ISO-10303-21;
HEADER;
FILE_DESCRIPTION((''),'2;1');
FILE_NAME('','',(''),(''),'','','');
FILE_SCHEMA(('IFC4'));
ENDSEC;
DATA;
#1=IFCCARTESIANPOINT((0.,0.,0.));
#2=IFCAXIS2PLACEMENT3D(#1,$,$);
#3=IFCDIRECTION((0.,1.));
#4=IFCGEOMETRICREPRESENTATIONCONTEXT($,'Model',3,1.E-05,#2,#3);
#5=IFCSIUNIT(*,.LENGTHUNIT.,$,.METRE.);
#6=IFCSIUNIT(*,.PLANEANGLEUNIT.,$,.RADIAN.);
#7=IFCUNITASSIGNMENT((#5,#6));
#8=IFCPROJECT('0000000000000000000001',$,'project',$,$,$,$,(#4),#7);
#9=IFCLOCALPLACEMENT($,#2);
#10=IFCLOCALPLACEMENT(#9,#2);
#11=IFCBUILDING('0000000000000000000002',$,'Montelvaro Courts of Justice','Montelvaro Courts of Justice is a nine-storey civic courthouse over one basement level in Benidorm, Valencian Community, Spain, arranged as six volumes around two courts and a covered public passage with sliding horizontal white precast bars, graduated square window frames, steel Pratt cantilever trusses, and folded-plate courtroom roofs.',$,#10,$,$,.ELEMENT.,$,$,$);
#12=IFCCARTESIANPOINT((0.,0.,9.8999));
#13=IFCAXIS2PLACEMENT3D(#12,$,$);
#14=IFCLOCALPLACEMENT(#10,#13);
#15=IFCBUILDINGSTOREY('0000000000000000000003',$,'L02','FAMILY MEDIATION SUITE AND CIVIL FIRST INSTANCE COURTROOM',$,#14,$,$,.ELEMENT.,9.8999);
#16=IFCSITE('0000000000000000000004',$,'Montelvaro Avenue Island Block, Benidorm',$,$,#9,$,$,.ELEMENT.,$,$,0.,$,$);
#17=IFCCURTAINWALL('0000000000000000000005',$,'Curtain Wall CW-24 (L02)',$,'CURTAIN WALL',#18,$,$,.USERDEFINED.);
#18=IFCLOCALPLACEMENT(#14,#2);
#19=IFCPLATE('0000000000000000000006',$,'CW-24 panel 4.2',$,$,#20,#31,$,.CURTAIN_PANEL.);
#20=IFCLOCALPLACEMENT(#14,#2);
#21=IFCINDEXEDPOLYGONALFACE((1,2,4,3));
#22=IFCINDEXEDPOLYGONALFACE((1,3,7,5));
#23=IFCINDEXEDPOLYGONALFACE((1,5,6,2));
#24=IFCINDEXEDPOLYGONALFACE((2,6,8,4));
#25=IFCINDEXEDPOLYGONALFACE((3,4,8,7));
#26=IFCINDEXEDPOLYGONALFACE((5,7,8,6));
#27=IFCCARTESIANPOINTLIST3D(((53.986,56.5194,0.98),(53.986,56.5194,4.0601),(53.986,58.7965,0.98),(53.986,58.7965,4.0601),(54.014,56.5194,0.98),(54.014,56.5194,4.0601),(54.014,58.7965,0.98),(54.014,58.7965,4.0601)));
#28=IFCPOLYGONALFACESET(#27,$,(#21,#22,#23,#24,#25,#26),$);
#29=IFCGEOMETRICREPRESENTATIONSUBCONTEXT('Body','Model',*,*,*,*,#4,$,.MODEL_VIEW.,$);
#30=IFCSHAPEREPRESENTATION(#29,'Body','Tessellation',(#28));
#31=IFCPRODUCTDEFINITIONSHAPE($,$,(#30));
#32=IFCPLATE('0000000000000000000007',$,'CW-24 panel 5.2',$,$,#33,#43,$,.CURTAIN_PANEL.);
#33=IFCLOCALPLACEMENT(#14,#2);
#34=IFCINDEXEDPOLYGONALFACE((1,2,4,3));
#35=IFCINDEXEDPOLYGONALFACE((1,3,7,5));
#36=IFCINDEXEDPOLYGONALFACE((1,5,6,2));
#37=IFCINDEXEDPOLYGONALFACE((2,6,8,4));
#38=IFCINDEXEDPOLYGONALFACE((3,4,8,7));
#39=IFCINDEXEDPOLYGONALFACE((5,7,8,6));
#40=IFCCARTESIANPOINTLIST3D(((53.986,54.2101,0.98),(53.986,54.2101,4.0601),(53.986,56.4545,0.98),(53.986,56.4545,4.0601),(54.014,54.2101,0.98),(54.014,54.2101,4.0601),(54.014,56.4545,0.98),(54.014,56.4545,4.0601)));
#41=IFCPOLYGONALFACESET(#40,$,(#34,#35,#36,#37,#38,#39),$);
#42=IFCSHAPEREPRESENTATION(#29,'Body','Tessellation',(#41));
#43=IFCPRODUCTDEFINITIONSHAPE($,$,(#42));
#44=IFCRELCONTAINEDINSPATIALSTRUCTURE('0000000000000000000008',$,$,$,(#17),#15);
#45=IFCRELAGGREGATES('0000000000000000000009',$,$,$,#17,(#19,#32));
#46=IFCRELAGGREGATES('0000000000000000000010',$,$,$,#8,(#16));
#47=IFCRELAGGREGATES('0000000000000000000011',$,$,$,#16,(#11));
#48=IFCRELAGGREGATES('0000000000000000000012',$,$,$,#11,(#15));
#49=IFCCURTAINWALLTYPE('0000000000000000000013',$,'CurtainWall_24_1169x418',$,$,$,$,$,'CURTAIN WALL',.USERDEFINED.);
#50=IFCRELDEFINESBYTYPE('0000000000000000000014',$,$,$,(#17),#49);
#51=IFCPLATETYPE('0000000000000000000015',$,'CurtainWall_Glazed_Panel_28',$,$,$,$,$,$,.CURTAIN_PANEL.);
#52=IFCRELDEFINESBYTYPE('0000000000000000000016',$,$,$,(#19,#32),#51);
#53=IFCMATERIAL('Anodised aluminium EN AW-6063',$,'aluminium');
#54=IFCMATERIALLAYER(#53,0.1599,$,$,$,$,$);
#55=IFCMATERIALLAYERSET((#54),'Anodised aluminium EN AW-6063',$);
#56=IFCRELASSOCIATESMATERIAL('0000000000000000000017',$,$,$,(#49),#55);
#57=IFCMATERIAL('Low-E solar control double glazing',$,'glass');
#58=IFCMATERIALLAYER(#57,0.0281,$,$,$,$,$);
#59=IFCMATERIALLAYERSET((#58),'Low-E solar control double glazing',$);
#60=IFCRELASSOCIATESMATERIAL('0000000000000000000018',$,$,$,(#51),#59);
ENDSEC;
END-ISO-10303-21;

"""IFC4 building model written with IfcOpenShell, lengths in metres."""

from ifc_helpers import new_model, si_unit, direction, frame, origin, origin_2d, place, context, subcontext, project, spatial, rectangle, extrude, material, layer, layer_set, type_object, element, aggregate, save


model = new_model("IFC4")

# Units and contexts
model_context = context("Model", 3, precision=1e-05, world=origin(), true_north=direction((0.0, 1.0)))
body_context = subcontext(model_context, "Body", "Model", "MODEL_VIEW")
ifc_project = project(units=[si_unit("LENGTHUNIT", "METRE"), si_unit("PLANEANGLEUNIT", "RADIAN")], contexts=[model_context])

# Site, building, storey
site_placement = place(None, origin())
site = spatial("IfcSite", under=ifc_project, at=site_placement, Name="Montelvaro Avenue Island Block, Benidorm", CompositionType="ELEMENT", RefElevation=0.0)
building_placement = place(site_placement, origin())
building = spatial("IfcBuilding", under=site, at=building_placement, Name="Montelvaro Courts of Justice", Description="Montelvaro Courts of Justice is a nine-storey civic courthouse over one basement level in Benidorm, Valencian Community, Spain, arranged as six volumes around two courts and a covered public passage with sliding horizontal white precast bars, graduated square window frames, steel Pratt cantilever trusses, and folded-plate courtroom roofs.", CompositionType="ELEMENT")
storey_placement = place(building_placement, frame((0.0, 0.0, 9.8999)))
storey = spatial("IfcBuildingStorey", under=building, at=storey_placement, Name="L02", Description="FAMILY MEDIATION SUITE AND CIVIL FIRST INSTANCE COURTROOM", CompositionType="ELEMENT", Elevation=9.8999)

# Curtain wall, plates
ifc_material_1 = material(Name="Anodised aluminium EN AW-6063", Category="aluminium")
ifc_layer_1 = layer(ifc_material_1, 0.1599)
ifc_layer_set_1 = layer_set([ifc_layer_1], Name="Anodised aluminium EN AW-6063")
curtain_wall_type = type_object("IfcCurtainWallType", Name="CurtainWall_24_1169x418", ElementType="CURTAIN WALL", PredefinedType="USERDEFINED", material=ifc_layer_set_1)
curtain_wall_placement = place(storey_placement, origin())
curtain_wall = element("IfcCurtainWall", 1, at=curtain_wall_placement, inside=storey, type_object=curtain_wall_type, Name="Curtain Wall CW-24 (L02)", ObjectType="CURTAIN WALL", PredefinedType="USERDEFINED")
ifc_material_2 = material(Name="Low-E solar control double glazing", Category="glass")
ifc_layer_2 = layer(ifc_material_2, 0.0281)
ifc_layer_set_2 = layer_set([ifc_layer_2], Name="Low-E solar control double glazing")
plate_type = type_object("IfcPlateType", Name="CurtainWall_Glazed_Panel_28", PredefinedType="CURTAIN_PANEL", material=ifc_layer_set_2)
plate_1_placement = place(storey_placement, frame((54.0, 57.658, 0.98), z_axis=(0.0, 0.0, 1.0), x_axis=(0.0, -1.0, 0.0)))
plate_1 = element("IfcPlate", 2, at=plate_1_placement, type_object=plate_type, Name="CW-24 panel 4.2", PredefinedType="CURTAIN_PANEL", context=body_context, shape_type="SweptSolid", body=[
    extrude(rectangle(XDim=2.2771, YDim=0.0281, at=origin_2d()), origin(), (0.0, 0.0, 1.0), 3.0801),
])
plate_2_placement = place(storey_placement, frame((54.0, 55.3323, 0.98), z_axis=(0.0, 0.0, 1.0), x_axis=(0.0, -1.0, 0.0)))
plate_2 = element("IfcPlate", 3, at=plate_2_placement, type_object=plate_type, Name="CW-24 panel 5.2", PredefinedType="CURTAIN_PANEL", context=body_context, shape_type="SweptSolid", body=[
    extrude(rectangle(XDim=2.2444, YDim=0.0281, at=origin_2d()), origin(), (0.0, 0.0, 1.0), 3.0801),
])
aggregate(curtain_wall, [plate_1, plate_2])

save(model, "model.ifc")
